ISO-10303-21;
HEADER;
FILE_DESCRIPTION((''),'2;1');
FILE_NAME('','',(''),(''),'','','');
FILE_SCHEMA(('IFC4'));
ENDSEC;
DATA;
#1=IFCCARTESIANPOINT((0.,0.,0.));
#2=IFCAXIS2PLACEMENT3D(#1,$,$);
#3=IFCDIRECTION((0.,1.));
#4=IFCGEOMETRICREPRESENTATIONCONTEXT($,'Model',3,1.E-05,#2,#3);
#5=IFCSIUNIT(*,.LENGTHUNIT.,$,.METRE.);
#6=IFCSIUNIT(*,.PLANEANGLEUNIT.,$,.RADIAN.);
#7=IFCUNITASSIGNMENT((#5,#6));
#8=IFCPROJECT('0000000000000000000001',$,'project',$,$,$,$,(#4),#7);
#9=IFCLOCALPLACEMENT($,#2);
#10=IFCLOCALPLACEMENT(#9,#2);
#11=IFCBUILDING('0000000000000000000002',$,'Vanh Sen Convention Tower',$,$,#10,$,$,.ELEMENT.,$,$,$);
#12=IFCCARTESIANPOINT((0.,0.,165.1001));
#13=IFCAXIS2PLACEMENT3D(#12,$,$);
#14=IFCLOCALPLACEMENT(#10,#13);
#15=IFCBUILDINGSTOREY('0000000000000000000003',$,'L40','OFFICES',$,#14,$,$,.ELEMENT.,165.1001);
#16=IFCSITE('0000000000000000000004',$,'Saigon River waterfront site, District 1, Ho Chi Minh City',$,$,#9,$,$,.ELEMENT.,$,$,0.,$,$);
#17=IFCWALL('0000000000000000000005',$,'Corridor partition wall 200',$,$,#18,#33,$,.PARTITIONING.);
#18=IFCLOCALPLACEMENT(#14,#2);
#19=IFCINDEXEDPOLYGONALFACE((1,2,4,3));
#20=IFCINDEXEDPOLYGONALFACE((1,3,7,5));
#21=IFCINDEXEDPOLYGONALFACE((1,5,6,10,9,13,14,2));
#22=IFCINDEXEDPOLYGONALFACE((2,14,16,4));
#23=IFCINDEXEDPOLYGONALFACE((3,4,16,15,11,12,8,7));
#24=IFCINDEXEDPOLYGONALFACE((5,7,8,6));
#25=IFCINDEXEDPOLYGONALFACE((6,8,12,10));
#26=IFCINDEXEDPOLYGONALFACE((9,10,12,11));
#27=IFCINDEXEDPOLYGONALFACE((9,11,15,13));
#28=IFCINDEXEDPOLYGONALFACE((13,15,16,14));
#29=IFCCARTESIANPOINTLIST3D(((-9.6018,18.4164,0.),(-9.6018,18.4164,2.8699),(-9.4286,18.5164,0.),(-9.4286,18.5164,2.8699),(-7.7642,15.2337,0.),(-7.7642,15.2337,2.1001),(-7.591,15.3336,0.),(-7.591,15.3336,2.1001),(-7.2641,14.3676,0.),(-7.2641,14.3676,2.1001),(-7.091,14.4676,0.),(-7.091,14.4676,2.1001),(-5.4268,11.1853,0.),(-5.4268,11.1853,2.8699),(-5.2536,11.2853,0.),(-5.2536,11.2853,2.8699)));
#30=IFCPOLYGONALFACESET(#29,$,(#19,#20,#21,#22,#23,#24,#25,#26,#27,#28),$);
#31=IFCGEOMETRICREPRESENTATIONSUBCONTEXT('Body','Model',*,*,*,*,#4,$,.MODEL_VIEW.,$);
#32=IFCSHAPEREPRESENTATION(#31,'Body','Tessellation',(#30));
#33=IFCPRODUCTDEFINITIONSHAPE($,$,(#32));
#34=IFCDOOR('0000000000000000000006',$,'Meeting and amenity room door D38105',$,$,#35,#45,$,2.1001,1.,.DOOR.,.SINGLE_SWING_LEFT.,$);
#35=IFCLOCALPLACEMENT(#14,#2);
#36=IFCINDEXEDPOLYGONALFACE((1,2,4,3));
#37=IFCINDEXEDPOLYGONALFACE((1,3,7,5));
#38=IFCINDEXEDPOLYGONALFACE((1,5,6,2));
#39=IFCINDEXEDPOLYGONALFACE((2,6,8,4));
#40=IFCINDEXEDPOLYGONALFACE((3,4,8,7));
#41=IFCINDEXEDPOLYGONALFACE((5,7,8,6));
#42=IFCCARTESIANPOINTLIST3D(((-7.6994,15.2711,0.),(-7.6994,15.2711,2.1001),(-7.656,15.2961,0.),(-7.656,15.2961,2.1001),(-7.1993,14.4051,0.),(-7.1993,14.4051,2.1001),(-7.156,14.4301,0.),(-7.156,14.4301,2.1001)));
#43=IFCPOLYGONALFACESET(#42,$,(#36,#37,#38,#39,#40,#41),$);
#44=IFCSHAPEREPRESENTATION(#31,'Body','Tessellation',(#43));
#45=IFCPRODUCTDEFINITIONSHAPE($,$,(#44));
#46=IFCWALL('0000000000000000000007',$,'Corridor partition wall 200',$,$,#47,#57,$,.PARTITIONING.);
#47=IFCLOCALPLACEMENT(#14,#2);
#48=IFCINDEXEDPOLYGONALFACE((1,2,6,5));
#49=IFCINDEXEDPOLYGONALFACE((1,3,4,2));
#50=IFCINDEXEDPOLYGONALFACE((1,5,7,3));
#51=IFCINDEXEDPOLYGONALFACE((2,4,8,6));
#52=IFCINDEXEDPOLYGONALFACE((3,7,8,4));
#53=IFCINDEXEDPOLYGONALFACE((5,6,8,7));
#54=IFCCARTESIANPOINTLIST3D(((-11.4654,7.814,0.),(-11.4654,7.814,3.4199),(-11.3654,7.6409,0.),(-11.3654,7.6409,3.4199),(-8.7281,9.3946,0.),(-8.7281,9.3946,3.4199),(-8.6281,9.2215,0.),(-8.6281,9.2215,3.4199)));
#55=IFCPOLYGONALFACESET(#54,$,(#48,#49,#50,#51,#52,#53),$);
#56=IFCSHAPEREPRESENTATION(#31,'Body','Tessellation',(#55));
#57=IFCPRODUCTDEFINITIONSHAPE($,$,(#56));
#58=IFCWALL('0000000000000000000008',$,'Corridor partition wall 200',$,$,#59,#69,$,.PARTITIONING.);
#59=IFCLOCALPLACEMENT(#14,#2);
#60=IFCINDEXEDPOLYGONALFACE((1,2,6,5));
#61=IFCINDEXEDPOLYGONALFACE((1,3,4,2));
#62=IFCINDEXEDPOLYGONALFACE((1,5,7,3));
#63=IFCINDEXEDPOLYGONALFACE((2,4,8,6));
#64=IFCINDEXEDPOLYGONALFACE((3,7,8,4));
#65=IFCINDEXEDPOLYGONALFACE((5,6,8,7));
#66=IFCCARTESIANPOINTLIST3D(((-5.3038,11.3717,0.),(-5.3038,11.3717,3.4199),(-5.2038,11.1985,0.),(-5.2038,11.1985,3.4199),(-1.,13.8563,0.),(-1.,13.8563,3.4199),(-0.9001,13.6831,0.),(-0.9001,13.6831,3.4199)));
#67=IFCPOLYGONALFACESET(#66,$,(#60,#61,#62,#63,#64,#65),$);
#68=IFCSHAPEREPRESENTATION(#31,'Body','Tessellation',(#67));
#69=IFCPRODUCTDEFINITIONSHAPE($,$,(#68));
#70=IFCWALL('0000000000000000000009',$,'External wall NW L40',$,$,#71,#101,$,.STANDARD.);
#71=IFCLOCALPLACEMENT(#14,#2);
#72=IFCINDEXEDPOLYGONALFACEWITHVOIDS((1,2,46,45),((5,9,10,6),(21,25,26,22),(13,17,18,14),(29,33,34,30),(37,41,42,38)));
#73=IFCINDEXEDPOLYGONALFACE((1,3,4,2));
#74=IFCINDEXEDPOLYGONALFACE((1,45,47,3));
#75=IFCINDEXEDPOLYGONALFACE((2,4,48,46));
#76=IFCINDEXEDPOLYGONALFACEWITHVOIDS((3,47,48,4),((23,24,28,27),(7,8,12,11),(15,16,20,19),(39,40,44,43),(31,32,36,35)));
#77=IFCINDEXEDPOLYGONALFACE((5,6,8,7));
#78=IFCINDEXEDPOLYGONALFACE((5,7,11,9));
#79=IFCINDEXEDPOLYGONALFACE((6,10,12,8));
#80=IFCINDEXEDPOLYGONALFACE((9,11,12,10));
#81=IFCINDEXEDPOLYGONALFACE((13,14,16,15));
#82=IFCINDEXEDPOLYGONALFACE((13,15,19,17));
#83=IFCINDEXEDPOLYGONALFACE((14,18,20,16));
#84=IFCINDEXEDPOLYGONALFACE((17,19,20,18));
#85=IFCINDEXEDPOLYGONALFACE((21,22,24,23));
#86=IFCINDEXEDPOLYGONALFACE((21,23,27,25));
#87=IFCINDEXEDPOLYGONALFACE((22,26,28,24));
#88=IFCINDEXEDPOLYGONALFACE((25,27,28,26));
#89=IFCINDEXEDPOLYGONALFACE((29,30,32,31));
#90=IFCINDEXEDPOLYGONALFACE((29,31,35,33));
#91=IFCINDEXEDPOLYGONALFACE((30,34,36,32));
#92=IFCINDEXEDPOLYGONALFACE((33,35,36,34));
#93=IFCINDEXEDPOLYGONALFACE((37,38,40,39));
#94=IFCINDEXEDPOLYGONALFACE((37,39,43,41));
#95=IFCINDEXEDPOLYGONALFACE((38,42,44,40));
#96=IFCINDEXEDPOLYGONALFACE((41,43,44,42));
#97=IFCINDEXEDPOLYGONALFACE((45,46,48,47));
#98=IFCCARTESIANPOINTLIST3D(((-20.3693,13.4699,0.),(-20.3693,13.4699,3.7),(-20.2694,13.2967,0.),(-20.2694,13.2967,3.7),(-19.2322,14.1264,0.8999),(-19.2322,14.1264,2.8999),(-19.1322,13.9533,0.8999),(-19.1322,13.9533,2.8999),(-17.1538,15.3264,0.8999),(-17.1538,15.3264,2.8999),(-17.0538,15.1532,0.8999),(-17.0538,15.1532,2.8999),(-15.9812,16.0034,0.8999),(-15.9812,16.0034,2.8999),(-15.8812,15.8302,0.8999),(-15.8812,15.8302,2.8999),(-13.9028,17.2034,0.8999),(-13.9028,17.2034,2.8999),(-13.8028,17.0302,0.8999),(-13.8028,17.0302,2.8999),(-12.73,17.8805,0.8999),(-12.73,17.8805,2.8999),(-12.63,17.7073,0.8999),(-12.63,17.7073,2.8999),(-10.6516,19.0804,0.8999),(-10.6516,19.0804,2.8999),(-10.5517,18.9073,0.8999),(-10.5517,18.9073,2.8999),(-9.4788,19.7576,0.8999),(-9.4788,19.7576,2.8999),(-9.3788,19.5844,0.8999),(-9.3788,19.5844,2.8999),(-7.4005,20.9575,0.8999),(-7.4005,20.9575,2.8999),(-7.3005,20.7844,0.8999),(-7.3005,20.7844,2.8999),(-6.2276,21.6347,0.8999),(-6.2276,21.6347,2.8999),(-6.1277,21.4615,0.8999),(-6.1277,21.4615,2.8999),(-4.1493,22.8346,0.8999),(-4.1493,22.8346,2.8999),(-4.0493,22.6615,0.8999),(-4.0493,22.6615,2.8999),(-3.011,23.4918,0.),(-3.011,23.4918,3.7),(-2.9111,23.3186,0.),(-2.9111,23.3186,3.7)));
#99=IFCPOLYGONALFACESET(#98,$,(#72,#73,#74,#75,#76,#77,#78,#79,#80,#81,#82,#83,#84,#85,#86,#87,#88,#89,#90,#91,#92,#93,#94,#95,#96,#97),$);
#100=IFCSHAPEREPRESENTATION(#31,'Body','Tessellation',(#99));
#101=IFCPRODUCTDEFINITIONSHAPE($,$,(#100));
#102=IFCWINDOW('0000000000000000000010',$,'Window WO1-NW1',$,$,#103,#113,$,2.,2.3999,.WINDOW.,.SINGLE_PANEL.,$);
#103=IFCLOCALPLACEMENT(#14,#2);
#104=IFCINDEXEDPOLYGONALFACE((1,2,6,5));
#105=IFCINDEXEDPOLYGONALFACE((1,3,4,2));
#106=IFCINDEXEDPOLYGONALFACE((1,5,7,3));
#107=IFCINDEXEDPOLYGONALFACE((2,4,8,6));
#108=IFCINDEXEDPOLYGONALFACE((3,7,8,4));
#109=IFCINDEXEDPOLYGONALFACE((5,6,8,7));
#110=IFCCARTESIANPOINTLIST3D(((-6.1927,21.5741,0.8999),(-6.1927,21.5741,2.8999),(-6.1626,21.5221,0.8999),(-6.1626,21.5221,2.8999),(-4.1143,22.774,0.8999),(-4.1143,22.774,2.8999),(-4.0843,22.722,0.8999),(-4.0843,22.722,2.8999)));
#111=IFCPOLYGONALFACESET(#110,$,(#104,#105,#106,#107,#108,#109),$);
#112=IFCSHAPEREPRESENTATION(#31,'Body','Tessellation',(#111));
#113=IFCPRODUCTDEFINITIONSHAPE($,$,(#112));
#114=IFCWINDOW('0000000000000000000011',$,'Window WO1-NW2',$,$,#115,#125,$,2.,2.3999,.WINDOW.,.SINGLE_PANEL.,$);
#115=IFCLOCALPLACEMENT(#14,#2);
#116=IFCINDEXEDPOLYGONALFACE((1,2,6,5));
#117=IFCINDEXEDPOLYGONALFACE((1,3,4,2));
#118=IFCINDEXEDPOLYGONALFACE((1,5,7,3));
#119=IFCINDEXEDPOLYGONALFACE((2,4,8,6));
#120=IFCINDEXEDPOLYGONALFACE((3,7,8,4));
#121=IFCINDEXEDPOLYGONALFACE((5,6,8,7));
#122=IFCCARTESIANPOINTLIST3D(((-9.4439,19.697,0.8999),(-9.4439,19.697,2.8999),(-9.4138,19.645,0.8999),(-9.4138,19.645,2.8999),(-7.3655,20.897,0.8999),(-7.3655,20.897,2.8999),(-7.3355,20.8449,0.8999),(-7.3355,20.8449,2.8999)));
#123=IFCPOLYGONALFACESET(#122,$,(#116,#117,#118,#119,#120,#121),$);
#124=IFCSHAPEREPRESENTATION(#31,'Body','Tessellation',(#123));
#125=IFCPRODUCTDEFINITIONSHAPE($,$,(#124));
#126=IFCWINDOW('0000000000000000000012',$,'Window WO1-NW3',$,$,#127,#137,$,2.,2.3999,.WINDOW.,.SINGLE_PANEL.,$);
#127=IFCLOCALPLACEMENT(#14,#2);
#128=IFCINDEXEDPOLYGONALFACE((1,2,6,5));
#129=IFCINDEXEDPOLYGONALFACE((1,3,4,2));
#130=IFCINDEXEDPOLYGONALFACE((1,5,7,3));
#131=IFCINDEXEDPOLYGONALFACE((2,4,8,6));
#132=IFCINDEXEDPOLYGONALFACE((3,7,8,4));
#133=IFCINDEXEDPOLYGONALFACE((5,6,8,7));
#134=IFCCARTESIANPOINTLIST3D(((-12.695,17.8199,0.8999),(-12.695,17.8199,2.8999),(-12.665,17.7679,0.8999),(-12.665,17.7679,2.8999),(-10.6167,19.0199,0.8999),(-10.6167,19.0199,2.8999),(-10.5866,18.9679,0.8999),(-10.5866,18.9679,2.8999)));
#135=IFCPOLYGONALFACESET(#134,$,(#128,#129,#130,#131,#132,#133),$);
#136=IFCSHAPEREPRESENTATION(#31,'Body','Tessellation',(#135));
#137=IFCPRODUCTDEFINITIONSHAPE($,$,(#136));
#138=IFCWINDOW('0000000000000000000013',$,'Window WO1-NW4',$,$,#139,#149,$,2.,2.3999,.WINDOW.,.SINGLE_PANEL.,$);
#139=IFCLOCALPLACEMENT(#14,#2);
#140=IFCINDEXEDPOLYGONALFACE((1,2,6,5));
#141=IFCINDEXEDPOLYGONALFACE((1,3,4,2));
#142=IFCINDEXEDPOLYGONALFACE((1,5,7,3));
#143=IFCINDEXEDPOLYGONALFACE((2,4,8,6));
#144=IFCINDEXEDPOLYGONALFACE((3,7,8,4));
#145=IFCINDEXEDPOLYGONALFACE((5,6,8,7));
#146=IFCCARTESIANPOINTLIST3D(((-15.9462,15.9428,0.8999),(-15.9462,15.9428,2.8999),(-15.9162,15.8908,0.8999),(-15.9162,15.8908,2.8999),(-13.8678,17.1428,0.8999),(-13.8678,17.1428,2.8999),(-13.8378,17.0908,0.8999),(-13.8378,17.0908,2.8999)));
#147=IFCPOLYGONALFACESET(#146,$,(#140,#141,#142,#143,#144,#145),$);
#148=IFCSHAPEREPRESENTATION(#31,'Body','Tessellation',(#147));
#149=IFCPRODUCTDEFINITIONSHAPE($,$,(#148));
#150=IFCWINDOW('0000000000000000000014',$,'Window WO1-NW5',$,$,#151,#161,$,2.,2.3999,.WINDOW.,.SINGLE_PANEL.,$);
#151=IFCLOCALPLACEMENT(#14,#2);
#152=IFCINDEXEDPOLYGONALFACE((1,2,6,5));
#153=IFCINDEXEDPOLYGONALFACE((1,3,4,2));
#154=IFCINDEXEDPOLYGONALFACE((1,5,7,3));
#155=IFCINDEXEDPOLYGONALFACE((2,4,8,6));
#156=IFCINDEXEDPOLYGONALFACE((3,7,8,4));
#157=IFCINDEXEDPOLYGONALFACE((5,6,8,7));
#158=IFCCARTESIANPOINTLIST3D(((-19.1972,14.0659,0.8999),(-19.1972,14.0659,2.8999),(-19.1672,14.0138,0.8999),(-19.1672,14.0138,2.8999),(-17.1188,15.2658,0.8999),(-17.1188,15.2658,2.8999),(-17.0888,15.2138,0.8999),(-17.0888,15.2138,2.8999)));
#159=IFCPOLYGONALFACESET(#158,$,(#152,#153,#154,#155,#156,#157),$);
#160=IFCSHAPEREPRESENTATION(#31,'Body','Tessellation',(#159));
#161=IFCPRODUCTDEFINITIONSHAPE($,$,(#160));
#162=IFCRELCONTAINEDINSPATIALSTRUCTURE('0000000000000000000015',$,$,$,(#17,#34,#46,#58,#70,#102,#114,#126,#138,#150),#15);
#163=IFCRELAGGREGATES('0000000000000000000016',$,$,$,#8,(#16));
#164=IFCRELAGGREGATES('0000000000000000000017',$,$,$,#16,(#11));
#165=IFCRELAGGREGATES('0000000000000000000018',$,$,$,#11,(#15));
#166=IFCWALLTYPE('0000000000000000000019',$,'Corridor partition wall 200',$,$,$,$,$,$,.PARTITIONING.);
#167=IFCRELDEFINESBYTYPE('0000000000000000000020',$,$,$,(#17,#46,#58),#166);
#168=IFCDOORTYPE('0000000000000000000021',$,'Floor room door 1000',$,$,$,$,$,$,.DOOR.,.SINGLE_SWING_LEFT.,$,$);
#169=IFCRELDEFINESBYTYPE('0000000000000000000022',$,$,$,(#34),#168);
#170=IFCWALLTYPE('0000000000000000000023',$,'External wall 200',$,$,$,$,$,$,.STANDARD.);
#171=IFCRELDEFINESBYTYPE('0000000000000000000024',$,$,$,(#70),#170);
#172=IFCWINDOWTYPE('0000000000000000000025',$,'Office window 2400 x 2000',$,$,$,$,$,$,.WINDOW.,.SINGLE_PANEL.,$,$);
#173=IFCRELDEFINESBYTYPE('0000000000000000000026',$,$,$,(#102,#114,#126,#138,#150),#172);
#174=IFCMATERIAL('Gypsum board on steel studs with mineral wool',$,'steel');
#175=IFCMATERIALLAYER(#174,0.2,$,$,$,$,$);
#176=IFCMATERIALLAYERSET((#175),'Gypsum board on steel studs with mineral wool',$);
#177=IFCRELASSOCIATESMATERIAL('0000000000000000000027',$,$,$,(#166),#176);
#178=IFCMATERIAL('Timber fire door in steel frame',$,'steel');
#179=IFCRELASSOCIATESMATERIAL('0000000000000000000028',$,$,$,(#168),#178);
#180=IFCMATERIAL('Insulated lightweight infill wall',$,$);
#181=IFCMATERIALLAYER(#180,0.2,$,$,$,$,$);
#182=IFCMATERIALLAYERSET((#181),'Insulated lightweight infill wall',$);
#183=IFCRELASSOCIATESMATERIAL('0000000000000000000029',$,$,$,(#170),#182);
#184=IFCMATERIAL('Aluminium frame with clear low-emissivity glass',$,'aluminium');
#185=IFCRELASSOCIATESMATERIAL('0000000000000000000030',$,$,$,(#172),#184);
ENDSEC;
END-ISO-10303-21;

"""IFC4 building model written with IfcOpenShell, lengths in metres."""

from ifc_helpers import new_model, si_unit, direction, frame, frame_2d, origin, place, context, subcontext, project, spatial, rectangle, extrude, material, layer, layer_set, type_object, element, fill, save


model = new_model("IFC4")

# Units and contexts
model_context = context("Model", 3, precision=1e-05, world=origin(), true_north=direction((0.0, 1.0)))
body_context = subcontext(model_context, "Body", "Model", "MODEL_VIEW")
ifc_project = project(units=[si_unit("LENGTHUNIT", "METRE"), si_unit("PLANEANGLEUNIT", "RADIAN")], contexts=[model_context])

# Site, building, storey
site_placement = place(None, origin())
site = spatial("IfcSite", under=ifc_project, at=site_placement, Name="Saigon River waterfront site, District 1, Ho Chi Minh City", CompositionType="ELEMENT", RefElevation=0.0)
building_placement = place(site_placement, origin())
building = spatial("IfcBuilding", under=site, at=building_placement, Name="Vanh Sen Convention Tower", CompositionType="ELEMENT")
storey_placement = place(building_placement, frame((0.0, 0.0, 165.1001)))
storey = spatial("IfcBuildingStorey", under=building, at=storey_placement, Name="L40", Description="OFFICES", CompositionType="ELEMENT", Elevation=165.1001)

# Wall, opening, door
ifc_material_1 = material(Name="Gypsum board on steel studs with mineral wool", Category="steel")
ifc_layer_1 = layer(ifc_material_1, 0.2)
ifc_layer_set_1 = layer_set([ifc_layer_1], Name="Gypsum board on steel studs with mineral wool")
wall_type_1 = type_object("IfcWallType", Name="Corridor partition wall 200", PredefinedType="PARTITIONING", material=ifc_layer_set_1)
wall_1_placement = place(storey_placement, frame((-9.5151, 18.4663, 0.0), z_axis=(0.0, 0.0, 1.0), x_axis=(0.50001, -0.86602, 0.0)))
wall_1 = element("IfcWall", 1, at=wall_1_placement, inside=storey, type_object=wall_type_1, Name="Corridor partition wall 200", PredefinedType="PARTITIONING", context=body_context, shape_type="SweptSolid", body=[
    extrude(rectangle(XDim=8.3499, YDim=0.2, at=frame_2d((4.1748, 0.0))), origin(), (0.0, 0.0, 1.0), 2.8699),
])
opening_1_placement = place(wall_1_placement, frame((3.675, 0.0, 0.0)))
opening_1 = element("IfcOpeningElement", 2, at=opening_1_placement, cuts=wall_1, PredefinedType="OPENING", context=body_context, shape_type="SweptSolid", body=[
    extrude(rectangle(XDim=1.0, YDim=2.1001, at=frame_2d((0.5, 1.05))), frame((0.0, 0.1099, 0.0), z_axis=(0.0, -1.0, 0.0), x_axis=(1.0, 0.0, 0.0)), (0.0, 0.0, 1.0), 0.22),
])
ifc_material_2 = material(Name="Timber fire door in steel frame", Category="steel")
door_type = type_object("IfcDoorType", Name="Floor room door 1000", OperationType="SINGLE_SWING_LEFT", PredefinedType="DOOR", material=ifc_material_2)
door_placement = place(opening_1_placement, origin())
door = element("IfcDoor", 3, at=door_placement, inside=storey, type_object=door_type, Name="Meeting and amenity room door D38105", OperationType="SINGLE_SWING_LEFT", OverallHeight=2.1001, OverallWidth=1.0, PredefinedType="DOOR", context=body_context, shape_type="SweptSolid", body=[
    extrude(rectangle(XDim=1.0, YDim=2.1001, at=frame_2d((0.5, 1.05))), frame((0.0, 0.0249, 0.0), z_axis=(0.0, -1.0, 0.0), x_axis=(1.0, 0.0, 0.0)), (0.0, 0.0, 1.0), 0.05),
])
fill(opening_1, door)

# Walls
wall_2_placement = place(storey_placement, frame((-8.678, 9.3081, 0.0), z_axis=(0.0, 0.0, 1.0), x_axis=(-0.866, -0.500043, 0.0)))
element("IfcWall", 4, at=wall_2_placement, inside=storey, type_object=wall_type_1, Name="Corridor partition wall 200", PredefinedType="PARTITIONING", context=body_context, shape_type="SweptSolid", body=[
    extrude(rectangle(XDim=3.1609, YDim=0.2, at=frame_2d((1.5806, 0.0))), origin(), (0.0, 0.0, 1.0), 3.4199),
])
wall_3_placement = place(storey_placement, frame((-0.95, 13.7698, 0.0), z_axis=(0.0, 0.0, 1.0), x_axis=(-0.866037, -0.49998, 0.0)))
element("IfcWall", 5, at=wall_3_placement, inside=storey, type_object=wall_type_1, Name="Corridor partition wall 200", PredefinedType="PARTITIONING", context=body_context, shape_type="SweptSolid", body=[
    extrude(rectangle(XDim=4.9695, YDim=0.2, at=frame_2d((2.4849, 0.0))), origin(), (0.0, 0.0, 1.0), 3.4199),
])

# Wall, openings, windows
ifc_material_3 = material(Name="Insulated lightweight infill wall")
ifc_layer_2 = layer(ifc_material_3, 0.2)
ifc_layer_set_2 = layer_set([ifc_layer_2], Name="Insulated lightweight infill wall")
wall_type_2 = type_object("IfcWallType", Name="External wall 200", PredefinedType="STANDARD", material=ifc_layer_set_2)
wall_4_placement = place(storey_placement, frame((-2.9609, 23.4053, 0.0), z_axis=(0.0, 0.0, 1.0), x_axis=(-0.866023, -0.500004, 0.0)))
wall_4 = element("IfcWall", 6, at=wall_4_placement, inside=storey, type_object=wall_type_2, Name="External wall NW L40", PredefinedType="STANDARD", context=body_context, shape_type="SweptSolid", body=[
    extrude(rectangle(XDim=20.0437, YDim=0.2, at=frame_2d((10.022, 0.0))), origin(), (0.0, 0.0, 1.0), 3.7),
])
opening_2_placement = place(wall_4_placement, frame((1.3145, 0.0, 0.8999)))
opening_2 = element("IfcOpeningElement", 7, at=opening_2_placement, cuts=wall_4, PredefinedType="OPENING", context=body_context, shape_type="SweptSolid", body=[
    extrude(rectangle(XDim=2.3999, YDim=2.0, at=frame_2d((1.2, 1.0))), frame((0.0, 0.1099, 0.0), z_axis=(0.0, -1.0, 0.0), x_axis=(1.0, 0.0, 0.0)), (0.0, 0.0, 1.0), 0.22),
])
opening_3_placement = place(wall_4_placement, frame((5.0686, 0.0, 0.8999)))
opening_3 = element("IfcOpeningElement", 8, at=opening_3_placement, cuts=wall_4, PredefinedType="OPENING", context=body_context, shape_type="SweptSolid", body=[
    extrude(rectangle(XDim=2.3999, YDim=2.0, at=frame_2d((1.2, 1.0))), frame((0.0, 0.1099, 0.0), z_axis=(0.0, -1.0, 0.0), x_axis=(1.0, 0.0, 0.0)), (0.0, 0.0, 1.0), 0.22),
])
opening_4_placement = place(wall_4_placement, frame((8.8228, 0.0, 0.8999)))
opening_4 = element("IfcOpeningElement", 9, at=opening_4_placement, cuts=wall_4, PredefinedType="OPENING", context=body_context, shape_type="SweptSolid", body=[
    extrude(rectangle(XDim=2.3999, YDim=2.0, at=frame_2d((1.2, 1.0))), frame((0.0, 0.1099, 0.0), z_axis=(0.0, -1.0, 0.0), x_axis=(1.0, 0.0, 0.0)), (0.0, 0.0, 1.0), 0.22),
])
opening_5_placement = place(wall_4_placement, frame((12.5769, 0.0, 0.8999)))
opening_5 = element("IfcOpeningElement", 10, at=opening_5_placement, cuts=wall_4, PredefinedType="OPENING", context=body_context, shape_type="SweptSolid", body=[
    extrude(rectangle(XDim=2.3999, YDim=2.0, at=frame_2d((1.2, 1.0))), frame((0.0, 0.1099, 0.0), z_axis=(0.0, -1.0, 0.0), x_axis=(1.0, 0.0, 0.0)), (0.0, 0.0, 1.0), 0.22),
])
opening_6_placement = place(wall_4_placement, frame((16.3308, 0.0, 0.8999)))
opening_6 = element("IfcOpeningElement", 11, at=opening_6_placement, cuts=wall_4, PredefinedType="OPENING", context=body_context, shape_type="SweptSolid", body=[
    extrude(rectangle(XDim=2.3999, YDim=2.0, at=frame_2d((1.2, 1.0))), frame((0.0, 0.1099, 0.0), z_axis=(0.0, -1.0, 0.0), x_axis=(1.0, 0.0, 0.0)), (0.0, 0.0, 1.0), 0.22),
])
ifc_material_4 = material(Name="Aluminium frame with clear low-emissivity glass", Category="aluminium")
window_type = type_object("IfcWindowType", Name="Office window 2400 x 2000", PartitioningType="SINGLE_PANEL", PredefinedType="WINDOW", material=ifc_material_4)
window_1_placement = place(opening_2_placement, origin())
window_1 = element("IfcWindow", 12, at=window_1_placement, inside=storey, type_object=window_type, Name="Window WO1-NW1", OverallHeight=2.0, OverallWidth=2.3999, PartitioningType="SINGLE_PANEL", PredefinedType="WINDOW", context=body_context, shape_type="SweptSolid", body=[
    extrude(rectangle(XDim=2.3999, YDim=2.0, at=frame_2d((1.2, 1.0))), frame((0.0, 0.03, 0.0), z_axis=(0.0, -1.0, 0.0), x_axis=(1.0, 0.0, 0.0)), (0.0, 0.0, 1.0), 0.0601),
])
fill(opening_2, window_1)
window_2_placement = place(opening_3_placement, origin())
window_2 = element("IfcWindow", 13, at=window_2_placement, inside=storey, type_object=window_type, Name="Window WO1-NW2", OverallHeight=2.0, OverallWidth=2.3999, PartitioningType="SINGLE_PANEL", PredefinedType="WINDOW", context=body_context, shape_type="SweptSolid", body=[
    extrude(rectangle(XDim=2.3999, YDim=2.0, at=frame_2d((1.2, 1.0))), frame((0.0, 0.03, 0.0), z_axis=(0.0, -1.0, 0.0), x_axis=(1.0, 0.0, 0.0)), (0.0, 0.0, 1.0), 0.0601),
])
fill(opening_3, window_2)
window_3_placement = place(opening_4_placement, origin())
window_3 = element("IfcWindow", 14, at=window_3_placement, inside=storey, type_object=window_type, Name="Window WO1-NW3", OverallHeight=2.0, OverallWidth=2.3999, PartitioningType="SINGLE_PANEL", PredefinedType="WINDOW", context=body_context, shape_type="SweptSolid", body=[
    extrude(rectangle(XDim=2.3999, YDim=2.0, at=frame_2d((1.2, 1.0))), frame((0.0, 0.03, 0.0), z_axis=(0.0, -1.0, 0.0), x_axis=(1.0, 0.0, 0.0)), (0.0, 0.0, 1.0), 0.0601),
])
fill(opening_4, window_3)
window_4_placement = place(opening_5_placement, origin())
window_4 = element("IfcWindow", 15, at=window_4_placement, inside=storey, type_object=window_type, Name="Window WO1-NW4", OverallHeight=2.0, OverallWidth=2.3999, PartitioningType="SINGLE_PANEL", PredefinedType="WINDOW", context=body_context, shape_type="SweptSolid", body=[
    extrude(rectangle(XDim=2.3999, YDim=2.0, at=frame_2d((1.2, 1.0))), frame((0.0, 0.03, 0.0), z_axis=(0.0, -1.0, 0.0), x_axis=(1.0, 0.0, 0.0)), (0.0, 0.0, 1.0), 0.0601),
])
fill(opening_5, window_4)
window_5_placement = place(opening_6_placement, origin())
window_5 = element("IfcWindow", 16, at=window_5_placement, inside=storey, type_object=window_type, Name="Window WO1-NW5", OverallHeight=2.0, OverallWidth=2.3999, PartitioningType="SINGLE_PANEL", PredefinedType="WINDOW", context=body_context, shape_type="SweptSolid", body=[
    extrude(rectangle(XDim=2.3999, YDim=2.0, at=frame_2d((1.2, 1.0))), frame((0.0, 0.03, 0.0), z_axis=(0.0, -1.0, 0.0), x_axis=(1.0, 0.0, 0.0)), (0.0, 0.0, 1.0), 0.0601),
])
fill(opening_6, window_5)

save(model, "model.ifc")
